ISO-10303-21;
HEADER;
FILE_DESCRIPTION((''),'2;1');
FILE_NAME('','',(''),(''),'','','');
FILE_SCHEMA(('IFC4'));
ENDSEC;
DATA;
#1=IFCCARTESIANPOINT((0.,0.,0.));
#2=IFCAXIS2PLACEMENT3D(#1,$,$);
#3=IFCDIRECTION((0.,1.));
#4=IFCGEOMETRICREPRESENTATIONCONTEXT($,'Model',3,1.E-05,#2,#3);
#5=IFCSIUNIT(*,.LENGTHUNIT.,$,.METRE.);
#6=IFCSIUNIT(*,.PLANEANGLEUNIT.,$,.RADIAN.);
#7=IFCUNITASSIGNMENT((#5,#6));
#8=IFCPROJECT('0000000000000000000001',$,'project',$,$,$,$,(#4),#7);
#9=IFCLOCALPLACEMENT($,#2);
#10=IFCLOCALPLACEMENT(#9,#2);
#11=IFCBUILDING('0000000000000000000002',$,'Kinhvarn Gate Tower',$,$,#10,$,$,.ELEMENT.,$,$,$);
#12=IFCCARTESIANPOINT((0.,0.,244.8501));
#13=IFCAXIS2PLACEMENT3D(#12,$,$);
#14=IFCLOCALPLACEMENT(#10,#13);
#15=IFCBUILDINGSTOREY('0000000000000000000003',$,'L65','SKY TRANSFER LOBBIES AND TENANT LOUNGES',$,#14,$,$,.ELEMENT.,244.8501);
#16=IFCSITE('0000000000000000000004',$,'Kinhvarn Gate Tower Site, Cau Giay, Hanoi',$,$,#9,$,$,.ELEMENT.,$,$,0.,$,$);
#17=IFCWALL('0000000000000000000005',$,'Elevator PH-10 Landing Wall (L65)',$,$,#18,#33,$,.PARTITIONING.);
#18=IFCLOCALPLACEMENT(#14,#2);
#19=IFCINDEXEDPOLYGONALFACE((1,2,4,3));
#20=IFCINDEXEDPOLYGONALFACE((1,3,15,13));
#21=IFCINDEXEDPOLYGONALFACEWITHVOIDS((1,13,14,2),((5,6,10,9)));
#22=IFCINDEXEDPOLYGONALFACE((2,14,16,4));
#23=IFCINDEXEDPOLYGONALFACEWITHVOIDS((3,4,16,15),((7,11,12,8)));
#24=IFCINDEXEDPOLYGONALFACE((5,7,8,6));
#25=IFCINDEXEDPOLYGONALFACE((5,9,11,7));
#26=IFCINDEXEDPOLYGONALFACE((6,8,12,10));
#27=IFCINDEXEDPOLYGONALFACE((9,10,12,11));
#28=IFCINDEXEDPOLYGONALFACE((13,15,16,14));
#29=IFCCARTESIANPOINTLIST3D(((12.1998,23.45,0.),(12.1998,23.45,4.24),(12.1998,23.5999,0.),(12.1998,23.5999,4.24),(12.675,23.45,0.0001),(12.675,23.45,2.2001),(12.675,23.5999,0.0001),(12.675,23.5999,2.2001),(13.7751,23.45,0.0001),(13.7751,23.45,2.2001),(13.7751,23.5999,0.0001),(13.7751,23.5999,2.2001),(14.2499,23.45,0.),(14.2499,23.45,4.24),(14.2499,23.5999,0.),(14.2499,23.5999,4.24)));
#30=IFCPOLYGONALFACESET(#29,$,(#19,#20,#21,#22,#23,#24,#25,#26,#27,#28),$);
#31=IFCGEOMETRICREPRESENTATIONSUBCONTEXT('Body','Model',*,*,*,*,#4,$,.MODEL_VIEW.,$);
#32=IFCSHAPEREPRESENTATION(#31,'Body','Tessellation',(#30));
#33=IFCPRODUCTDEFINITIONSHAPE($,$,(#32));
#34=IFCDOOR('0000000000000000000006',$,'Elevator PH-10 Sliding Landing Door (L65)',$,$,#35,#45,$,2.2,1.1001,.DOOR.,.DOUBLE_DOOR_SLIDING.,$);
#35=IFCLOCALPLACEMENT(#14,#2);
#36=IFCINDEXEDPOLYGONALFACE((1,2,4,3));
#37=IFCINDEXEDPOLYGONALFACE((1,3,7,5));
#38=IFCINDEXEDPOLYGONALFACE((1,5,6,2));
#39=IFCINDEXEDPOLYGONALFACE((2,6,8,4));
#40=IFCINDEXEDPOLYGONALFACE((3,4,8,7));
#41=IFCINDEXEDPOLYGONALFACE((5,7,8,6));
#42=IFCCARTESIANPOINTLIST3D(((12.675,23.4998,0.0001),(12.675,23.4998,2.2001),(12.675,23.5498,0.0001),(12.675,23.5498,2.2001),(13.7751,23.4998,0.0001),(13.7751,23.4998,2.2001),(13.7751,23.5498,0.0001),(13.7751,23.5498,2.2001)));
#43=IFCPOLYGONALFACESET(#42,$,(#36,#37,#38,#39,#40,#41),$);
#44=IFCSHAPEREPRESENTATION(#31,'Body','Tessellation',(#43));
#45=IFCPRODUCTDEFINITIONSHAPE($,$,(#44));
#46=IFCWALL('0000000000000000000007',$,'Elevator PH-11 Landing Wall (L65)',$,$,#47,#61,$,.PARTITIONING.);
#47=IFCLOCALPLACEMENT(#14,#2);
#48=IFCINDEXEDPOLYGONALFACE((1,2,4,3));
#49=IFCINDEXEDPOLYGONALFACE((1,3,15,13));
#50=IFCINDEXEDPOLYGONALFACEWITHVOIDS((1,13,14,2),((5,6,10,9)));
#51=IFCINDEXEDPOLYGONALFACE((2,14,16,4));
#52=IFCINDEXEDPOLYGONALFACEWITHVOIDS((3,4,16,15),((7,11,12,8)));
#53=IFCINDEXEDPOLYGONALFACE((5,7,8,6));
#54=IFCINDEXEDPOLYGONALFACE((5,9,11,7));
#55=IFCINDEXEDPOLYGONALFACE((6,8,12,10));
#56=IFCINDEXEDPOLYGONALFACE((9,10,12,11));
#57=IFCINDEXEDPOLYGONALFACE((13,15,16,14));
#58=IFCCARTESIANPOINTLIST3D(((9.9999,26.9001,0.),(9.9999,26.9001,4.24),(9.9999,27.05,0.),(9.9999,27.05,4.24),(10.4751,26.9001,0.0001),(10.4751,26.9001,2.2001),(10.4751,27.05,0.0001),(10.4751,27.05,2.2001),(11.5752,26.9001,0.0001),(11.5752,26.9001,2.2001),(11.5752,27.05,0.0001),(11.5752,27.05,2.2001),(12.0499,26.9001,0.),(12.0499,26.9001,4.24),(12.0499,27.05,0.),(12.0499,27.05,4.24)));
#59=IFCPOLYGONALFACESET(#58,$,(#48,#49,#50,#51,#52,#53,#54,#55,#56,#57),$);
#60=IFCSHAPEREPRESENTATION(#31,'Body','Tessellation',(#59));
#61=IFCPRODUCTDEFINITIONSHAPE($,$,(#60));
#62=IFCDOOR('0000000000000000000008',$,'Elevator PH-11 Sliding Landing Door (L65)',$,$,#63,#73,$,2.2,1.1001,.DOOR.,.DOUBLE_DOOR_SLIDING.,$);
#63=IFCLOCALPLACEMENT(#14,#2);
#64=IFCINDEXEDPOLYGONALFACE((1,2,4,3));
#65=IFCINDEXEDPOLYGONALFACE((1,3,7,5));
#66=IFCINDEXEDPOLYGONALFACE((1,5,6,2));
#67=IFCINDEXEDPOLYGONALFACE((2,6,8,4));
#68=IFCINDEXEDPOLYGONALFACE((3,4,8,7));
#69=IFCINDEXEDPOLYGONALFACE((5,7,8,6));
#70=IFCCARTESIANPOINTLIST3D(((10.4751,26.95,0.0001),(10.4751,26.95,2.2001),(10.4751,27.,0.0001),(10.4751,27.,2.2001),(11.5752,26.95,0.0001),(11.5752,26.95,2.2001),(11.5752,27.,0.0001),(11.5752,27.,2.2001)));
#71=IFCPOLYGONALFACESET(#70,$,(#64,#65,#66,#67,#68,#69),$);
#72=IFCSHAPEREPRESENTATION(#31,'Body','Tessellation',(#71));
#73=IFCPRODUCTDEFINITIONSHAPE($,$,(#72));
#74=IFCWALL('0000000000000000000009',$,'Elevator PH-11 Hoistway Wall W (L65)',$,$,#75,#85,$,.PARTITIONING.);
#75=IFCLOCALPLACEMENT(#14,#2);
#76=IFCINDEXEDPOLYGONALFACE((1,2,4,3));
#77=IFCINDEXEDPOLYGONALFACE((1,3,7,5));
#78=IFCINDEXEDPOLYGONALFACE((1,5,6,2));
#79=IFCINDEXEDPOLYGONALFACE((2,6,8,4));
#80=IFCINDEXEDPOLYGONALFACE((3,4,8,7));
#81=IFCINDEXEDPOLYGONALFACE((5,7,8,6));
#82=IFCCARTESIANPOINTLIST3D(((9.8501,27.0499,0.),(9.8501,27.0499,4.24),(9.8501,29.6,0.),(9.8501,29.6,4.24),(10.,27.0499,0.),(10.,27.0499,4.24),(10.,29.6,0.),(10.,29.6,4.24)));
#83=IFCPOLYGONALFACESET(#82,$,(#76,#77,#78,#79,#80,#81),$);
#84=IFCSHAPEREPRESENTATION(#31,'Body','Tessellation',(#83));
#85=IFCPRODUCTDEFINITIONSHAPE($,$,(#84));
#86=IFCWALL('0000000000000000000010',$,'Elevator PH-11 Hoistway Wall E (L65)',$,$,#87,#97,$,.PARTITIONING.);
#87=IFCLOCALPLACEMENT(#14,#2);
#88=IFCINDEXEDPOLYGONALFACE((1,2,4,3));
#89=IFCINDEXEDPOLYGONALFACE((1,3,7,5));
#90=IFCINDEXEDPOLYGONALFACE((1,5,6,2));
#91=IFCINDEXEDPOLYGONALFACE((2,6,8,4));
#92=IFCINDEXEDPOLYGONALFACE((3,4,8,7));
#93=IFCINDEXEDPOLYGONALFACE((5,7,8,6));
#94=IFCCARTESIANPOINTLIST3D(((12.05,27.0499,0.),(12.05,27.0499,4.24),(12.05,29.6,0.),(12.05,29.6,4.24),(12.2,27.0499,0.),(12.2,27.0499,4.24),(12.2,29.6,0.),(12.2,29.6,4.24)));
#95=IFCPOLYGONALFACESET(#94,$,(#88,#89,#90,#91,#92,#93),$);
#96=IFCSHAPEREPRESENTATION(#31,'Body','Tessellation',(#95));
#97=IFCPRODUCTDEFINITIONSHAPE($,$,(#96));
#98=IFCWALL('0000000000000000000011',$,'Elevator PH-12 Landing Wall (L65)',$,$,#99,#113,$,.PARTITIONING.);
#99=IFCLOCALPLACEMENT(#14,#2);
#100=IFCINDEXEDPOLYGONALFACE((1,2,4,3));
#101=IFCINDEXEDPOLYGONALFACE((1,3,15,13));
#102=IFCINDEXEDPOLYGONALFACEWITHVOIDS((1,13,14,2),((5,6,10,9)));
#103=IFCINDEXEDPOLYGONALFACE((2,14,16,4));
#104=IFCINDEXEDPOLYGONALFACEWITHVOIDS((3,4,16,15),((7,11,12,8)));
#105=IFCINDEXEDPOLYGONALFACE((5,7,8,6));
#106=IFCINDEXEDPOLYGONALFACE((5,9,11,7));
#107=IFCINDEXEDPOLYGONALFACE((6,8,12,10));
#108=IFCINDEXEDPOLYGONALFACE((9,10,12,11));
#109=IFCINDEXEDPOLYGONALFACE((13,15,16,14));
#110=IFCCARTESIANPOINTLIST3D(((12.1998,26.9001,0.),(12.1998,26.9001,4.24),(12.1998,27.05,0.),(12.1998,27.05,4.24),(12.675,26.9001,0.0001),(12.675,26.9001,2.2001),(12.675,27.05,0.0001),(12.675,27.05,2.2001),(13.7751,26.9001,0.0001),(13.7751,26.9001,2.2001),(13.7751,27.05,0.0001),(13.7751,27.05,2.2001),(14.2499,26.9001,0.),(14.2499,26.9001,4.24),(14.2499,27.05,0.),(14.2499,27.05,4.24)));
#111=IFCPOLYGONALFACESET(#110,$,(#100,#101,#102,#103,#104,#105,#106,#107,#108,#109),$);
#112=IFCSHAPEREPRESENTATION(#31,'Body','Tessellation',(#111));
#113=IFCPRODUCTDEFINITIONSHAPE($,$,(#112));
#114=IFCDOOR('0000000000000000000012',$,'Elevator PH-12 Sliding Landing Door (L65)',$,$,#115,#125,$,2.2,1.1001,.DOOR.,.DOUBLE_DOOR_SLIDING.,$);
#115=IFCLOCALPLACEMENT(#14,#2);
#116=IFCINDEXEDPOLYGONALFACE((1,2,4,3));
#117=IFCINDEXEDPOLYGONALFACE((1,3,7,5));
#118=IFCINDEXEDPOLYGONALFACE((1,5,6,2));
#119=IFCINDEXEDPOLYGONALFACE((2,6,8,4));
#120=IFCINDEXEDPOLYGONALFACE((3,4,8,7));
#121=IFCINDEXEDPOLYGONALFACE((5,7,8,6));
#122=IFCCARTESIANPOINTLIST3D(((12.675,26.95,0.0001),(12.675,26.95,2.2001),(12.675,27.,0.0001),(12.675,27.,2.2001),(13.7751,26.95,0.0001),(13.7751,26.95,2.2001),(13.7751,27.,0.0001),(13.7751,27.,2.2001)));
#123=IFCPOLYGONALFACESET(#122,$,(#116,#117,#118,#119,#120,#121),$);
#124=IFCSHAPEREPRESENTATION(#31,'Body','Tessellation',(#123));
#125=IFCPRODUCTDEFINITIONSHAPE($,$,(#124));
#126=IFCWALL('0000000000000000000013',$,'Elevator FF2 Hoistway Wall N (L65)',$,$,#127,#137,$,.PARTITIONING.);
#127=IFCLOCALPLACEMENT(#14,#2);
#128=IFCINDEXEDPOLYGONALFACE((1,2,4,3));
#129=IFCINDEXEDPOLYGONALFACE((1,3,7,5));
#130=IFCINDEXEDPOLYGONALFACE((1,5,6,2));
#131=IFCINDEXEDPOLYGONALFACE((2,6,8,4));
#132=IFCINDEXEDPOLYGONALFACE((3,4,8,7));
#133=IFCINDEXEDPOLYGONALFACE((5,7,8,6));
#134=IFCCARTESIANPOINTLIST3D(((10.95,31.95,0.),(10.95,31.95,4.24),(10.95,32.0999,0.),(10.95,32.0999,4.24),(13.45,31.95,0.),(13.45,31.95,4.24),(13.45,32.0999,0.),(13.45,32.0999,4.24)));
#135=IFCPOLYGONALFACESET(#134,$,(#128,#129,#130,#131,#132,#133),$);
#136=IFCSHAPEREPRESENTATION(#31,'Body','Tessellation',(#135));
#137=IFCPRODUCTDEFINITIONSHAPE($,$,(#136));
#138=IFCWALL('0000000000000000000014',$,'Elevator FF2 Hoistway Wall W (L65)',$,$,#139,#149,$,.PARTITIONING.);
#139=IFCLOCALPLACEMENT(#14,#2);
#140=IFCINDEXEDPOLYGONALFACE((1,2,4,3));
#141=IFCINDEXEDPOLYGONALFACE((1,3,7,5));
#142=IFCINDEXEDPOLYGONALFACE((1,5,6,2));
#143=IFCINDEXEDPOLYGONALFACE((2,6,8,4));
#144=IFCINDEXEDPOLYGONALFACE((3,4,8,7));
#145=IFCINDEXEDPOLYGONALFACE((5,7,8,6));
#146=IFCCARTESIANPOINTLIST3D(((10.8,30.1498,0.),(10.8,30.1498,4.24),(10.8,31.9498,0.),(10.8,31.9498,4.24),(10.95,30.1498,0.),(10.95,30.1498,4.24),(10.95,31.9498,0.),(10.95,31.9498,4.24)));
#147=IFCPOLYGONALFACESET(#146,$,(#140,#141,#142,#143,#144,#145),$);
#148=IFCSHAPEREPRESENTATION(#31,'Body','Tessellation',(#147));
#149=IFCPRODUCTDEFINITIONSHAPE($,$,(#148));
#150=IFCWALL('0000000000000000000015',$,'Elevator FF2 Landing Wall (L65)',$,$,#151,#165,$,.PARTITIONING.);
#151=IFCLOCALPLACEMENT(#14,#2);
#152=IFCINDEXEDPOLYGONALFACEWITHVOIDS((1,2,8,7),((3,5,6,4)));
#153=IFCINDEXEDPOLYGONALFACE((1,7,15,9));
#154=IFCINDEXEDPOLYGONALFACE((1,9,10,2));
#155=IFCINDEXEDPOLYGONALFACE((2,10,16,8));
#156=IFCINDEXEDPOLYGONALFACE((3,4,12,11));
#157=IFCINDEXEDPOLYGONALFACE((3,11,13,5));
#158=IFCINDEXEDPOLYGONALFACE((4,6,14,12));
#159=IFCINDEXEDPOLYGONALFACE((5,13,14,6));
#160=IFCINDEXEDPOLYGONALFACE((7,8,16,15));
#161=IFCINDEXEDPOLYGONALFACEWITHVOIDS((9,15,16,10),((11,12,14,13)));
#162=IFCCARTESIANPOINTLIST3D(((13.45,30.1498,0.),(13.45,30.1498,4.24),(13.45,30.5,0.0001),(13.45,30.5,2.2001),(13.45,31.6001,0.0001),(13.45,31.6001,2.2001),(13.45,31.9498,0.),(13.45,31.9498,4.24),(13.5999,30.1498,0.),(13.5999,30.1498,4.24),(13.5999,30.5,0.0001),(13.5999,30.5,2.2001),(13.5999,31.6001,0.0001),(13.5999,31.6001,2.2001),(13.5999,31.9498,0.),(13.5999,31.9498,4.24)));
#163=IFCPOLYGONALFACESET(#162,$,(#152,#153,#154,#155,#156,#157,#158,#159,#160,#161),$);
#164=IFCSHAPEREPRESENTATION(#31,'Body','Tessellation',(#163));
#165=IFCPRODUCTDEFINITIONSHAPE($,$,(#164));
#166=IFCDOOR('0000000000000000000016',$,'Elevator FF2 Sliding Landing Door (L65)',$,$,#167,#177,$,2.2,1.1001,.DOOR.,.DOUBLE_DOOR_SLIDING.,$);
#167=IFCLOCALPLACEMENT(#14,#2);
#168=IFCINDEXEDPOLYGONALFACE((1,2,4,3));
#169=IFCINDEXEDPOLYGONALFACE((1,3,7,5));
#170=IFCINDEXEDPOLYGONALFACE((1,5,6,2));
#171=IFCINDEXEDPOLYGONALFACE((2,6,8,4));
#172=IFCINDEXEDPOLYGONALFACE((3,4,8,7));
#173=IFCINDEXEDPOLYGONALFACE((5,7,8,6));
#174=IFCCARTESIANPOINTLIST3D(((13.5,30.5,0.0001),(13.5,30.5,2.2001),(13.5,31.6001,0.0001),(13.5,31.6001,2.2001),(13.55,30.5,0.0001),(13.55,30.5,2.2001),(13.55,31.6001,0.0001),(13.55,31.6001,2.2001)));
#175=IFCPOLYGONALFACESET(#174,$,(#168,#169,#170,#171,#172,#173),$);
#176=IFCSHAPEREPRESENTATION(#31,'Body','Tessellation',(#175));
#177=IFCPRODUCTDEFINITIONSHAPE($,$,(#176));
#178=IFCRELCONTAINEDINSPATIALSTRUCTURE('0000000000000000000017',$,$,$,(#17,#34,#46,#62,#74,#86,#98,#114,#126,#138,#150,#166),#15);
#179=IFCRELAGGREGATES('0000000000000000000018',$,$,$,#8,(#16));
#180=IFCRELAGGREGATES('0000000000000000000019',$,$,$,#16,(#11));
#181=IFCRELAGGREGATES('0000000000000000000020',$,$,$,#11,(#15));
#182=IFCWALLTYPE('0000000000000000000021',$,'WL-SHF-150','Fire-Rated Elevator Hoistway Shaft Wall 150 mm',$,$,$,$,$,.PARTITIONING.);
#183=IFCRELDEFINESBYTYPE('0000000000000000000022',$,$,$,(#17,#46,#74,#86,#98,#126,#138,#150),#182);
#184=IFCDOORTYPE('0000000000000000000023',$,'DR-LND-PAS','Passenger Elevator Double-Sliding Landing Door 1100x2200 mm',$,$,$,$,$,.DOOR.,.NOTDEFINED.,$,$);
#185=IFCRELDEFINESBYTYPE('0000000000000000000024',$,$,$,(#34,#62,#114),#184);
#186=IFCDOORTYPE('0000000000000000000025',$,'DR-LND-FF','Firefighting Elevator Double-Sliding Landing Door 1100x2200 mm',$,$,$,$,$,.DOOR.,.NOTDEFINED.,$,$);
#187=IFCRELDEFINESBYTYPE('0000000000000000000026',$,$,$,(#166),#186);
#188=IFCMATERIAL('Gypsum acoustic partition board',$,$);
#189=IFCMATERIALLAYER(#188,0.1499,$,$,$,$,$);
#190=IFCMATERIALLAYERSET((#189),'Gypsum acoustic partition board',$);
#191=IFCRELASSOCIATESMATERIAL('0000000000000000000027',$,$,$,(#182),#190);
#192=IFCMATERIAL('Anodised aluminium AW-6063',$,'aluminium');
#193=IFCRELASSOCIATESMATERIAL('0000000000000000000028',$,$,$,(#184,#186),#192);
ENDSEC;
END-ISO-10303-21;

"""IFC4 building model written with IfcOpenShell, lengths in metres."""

from ifc_helpers import new_model, si_unit, direction, frame, frame_2d, origin, place, context, subcontext, project, spatial, rectangle, extrude, material, layer, layer_set, type_object, element, fill, save


model = new_model("IFC4")

# Units and contexts
model_context = context("Model", 3, precision=1e-05, world=origin(), true_north=direction((0.0, 1.0)))
body_context = subcontext(model_context, "Body", "Model", "MODEL_VIEW")
ifc_project = project(units=[si_unit("LENGTHUNIT", "METRE"), si_unit("PLANEANGLEUNIT", "RADIAN")], contexts=[model_context])

# Site, building, storey
site_placement = place(None, origin())
site = spatial("IfcSite", under=ifc_project, at=site_placement, Name="Kinhvarn Gate Tower Site, Cau Giay, Hanoi", CompositionType="ELEMENT", RefElevation=0.0)
building_placement = place(site_placement, origin())
building = spatial("IfcBuilding", under=site, at=building_placement, Name="Kinhvarn Gate Tower", CompositionType="ELEMENT")
storey_placement = place(building_placement, frame((0.0, 0.0, 244.8501)))
storey = spatial("IfcBuildingStorey", under=building, at=storey_placement, Name="L65", Description="SKY TRANSFER LOBBIES AND TENANT LOUNGES", CompositionType="ELEMENT", Elevation=244.8501)

# Shared definitions
ifc_material_1 = material(Name="Gypsum acoustic partition board")

# Shared definitions
ifc_material_2 = material(Name="Anodised aluminium AW-6063", Category="aluminium")

# Shared definitions
ifc_layer_1 = layer(ifc_material_1, 0.1499)
ifc_layer_set_1 = layer_set([ifc_layer_1], Name="Gypsum acoustic partition board")
wall_type_1 = type_object("IfcWallType", Name="WL-SHF-150", Description="Fire-Rated Elevator Hoistway Shaft Wall 150 mm", PredefinedType="PARTITIONING", material=ifc_layer_set_1)
door_type_1 = type_object("IfcDoorType", Name="DR-LND-PAS", Description="Passenger Elevator Double-Sliding Landing Door 1100x2200 mm", OperationType="NOTDEFINED", PredefinedType="DOOR", material=ifc_material_2)

# Walls, openings, doors
wall_1_placement = place(storey_placement, frame((12.2, 23.5249, 0.0), z_axis=(0.0, 0.0, 1.0), x_axis=(1.0, 0.0, 0.0)))
wall_1 = element("IfcWall", 1, at=wall_1_placement, inside=storey, type_object=wall_type_1, Name="Elevator PH-10 Landing Wall (L65)", PredefinedType="PARTITIONING", context=body_context, shape_type="SweptSolid", body=[
    extrude(rectangle(XDim=2.05, YDim=0.1499, at=frame_2d((1.0249, 0.0))), origin(), (0.0, 0.0, 1.0), 4.24),
])
opening_1_placement = place(wall_1_placement, frame((0.4751, 0.0, 0.0)))
opening_1 = element("IfcOpeningElement", 2, at=opening_1_placement, cuts=wall_1, PredefinedType="OPENING", context=body_context, shape_type="SweptSolid", body=[
    extrude(rectangle(XDim=1.1001, YDim=2.2, at=frame_2d((0.55, 1.1001))), frame((0.0, 0.085, 0.0), z_axis=(0.0, -1.0, 0.0), x_axis=(1.0, 0.0, 0.0)), (0.0, 0.0, 1.0), 0.1699),
])
door_1_placement = place(opening_1_placement, origin())
door_1 = element("IfcDoor", 3, at=door_1_placement, inside=storey, type_object=door_type_1, Name="Elevator PH-10 Sliding Landing Door (L65)", OperationType="DOUBLE_DOOR_SLIDING", OverallHeight=2.2, OverallWidth=1.1001, PredefinedType="DOOR", context=body_context, shape_type="SweptSolid", body=[
    extrude(rectangle(XDim=1.1001, YDim=2.2, at=frame_2d((0.55, 1.1001))), frame((0.0, 0.0249, 0.0), z_axis=(0.0, -1.0, 0.0), x_axis=(1.0, 0.0, 0.0)), (0.0, 0.0, 1.0), 0.05),
])
fill(opening_1, door_1)
wall_2_placement = place(storey_placement, frame((10.0, 26.9751, 0.0), z_axis=(0.0, 0.0, 1.0), x_axis=(1.0, 0.0, 0.0)))
wall_2 = element("IfcWall", 4, at=wall_2_placement, inside=storey, type_object=wall_type_1, Name="Elevator PH-11 Landing Wall (L65)", PredefinedType="PARTITIONING", context=body_context, shape_type="SweptSolid", body=[
    extrude(rectangle(XDim=2.05, YDim=0.1499, at=frame_2d((1.0249, 0.0))), origin(), (0.0, 0.0, 1.0), 4.24),
])
opening_2_placement = place(wall_2_placement, frame((0.4751, 0.0, 0.0)))
opening_2 = element("IfcOpeningElement", 5, at=opening_2_placement, cuts=wall_2, PredefinedType="OPENING", context=body_context, shape_type="SweptSolid", body=[
    extrude(rectangle(XDim=1.1001, YDim=2.2, at=frame_2d((0.55, 1.1001))), frame((0.0, 0.085, 0.0), z_axis=(0.0, -1.0, 0.0), x_axis=(1.0, 0.0, 0.0)), (0.0, 0.0, 1.0), 0.1699),
])
door_2_placement = place(opening_2_placement, origin())
door_2 = element("IfcDoor", 6, at=door_2_placement, inside=storey, type_object=door_type_1, Name="Elevator PH-11 Sliding Landing Door (L65)", OperationType="DOUBLE_DOOR_SLIDING", OverallHeight=2.2, OverallWidth=1.1001, PredefinedType="DOOR", context=body_context, shape_type="SweptSolid", body=[
    extrude(rectangle(XDim=1.1001, YDim=2.2, at=frame_2d((0.55, 1.1001))), frame((0.0, 0.0249, 0.0), z_axis=(0.0, -1.0, 0.0), x_axis=(1.0, 0.0, 0.0)), (0.0, 0.0, 1.0), 0.05),
])
fill(opening_2, door_2)

# Walls
for number, where, z_axis, x_axis, name in (
    (7, (9.925, 27.05, 0.0), (0.0, 0.0, 1.0), (0.0, 1.0, 0.0), "Elevator PH-11 Hoistway Wall W (L65)"),
    (8, (12.125, 27.05, 0.0), (0.0, 0.0, 1.0), (0.0, 1.0, 0.0), "Elevator PH-11 Hoistway Wall E (L65)"),
):
    element("IfcWall", number, at=place(storey_placement, frame(where, z_axis=z_axis, x_axis=x_axis)), inside=storey, type_object=wall_type_1, Name=name, PredefinedType="PARTITIONING", context=body_context, shape_type="SweptSolid", body=[
        extrude(rectangle(XDim=2.55, YDim=0.1499, at=frame_2d((1.2749, 0.0))), origin(), (0.0, 0.0, 1.0), 4.24),
    ])

# Wall, opening, door
wall_3_placement = place(storey_placement, frame((12.2, 26.9751, 0.0), z_axis=(0.0, 0.0, 1.0), x_axis=(1.0, 0.0, 0.0)))
wall_3 = element("IfcWall", 9, at=wall_3_placement, inside=storey, type_object=wall_type_1, Name="Elevator PH-12 Landing Wall (L65)", PredefinedType="PARTITIONING", context=body_context, shape_type="SweptSolid", body=[
    extrude(rectangle(XDim=2.05, YDim=0.1499, at=frame_2d((1.0249, 0.0))), origin(), (0.0, 0.0, 1.0), 4.24),
])
opening_3_placement = place(wall_3_placement, frame((0.4751, 0.0, 0.0)))
opening_3 = element("IfcOpeningElement", 10, at=opening_3_placement, cuts=wall_3, PredefinedType="OPENING", context=body_context, shape_type="SweptSolid", body=[
    extrude(rectangle(XDim=1.1001, YDim=2.2, at=frame_2d((0.55, 1.1001))), frame((0.0, 0.085, 0.0), z_axis=(0.0, -1.0, 0.0), x_axis=(1.0, 0.0, 0.0)), (0.0, 0.0, 1.0), 0.1699),
])
door_3_placement = place(opening_3_placement, origin())
door_3 = element("IfcDoor", 11, at=door_3_placement, inside=storey, type_object=door_type_1, Name="Elevator PH-12 Sliding Landing Door (L65)", OperationType="DOUBLE_DOOR_SLIDING", OverallHeight=2.2, OverallWidth=1.1001, PredefinedType="DOOR", context=body_context, shape_type="SweptSolid", body=[
    extrude(rectangle(XDim=1.1001, YDim=2.2, at=frame_2d((0.55, 1.1001))), frame((0.0, 0.0249, 0.0), z_axis=(0.0, -1.0, 0.0), x_axis=(1.0, 0.0, 0.0)), (0.0, 0.0, 1.0), 0.05),
])
fill(opening_3, door_3)

# Walls
wall_4_placement = place(storey_placement, frame((10.95, 32.0249, 0.0), z_axis=(0.0, 0.0, 1.0), x_axis=(1.0, 0.0, 0.0)))
element("IfcWall", 12, at=wall_4_placement, inside=storey, type_object=wall_type_1, Name="Elevator FF2 Hoistway Wall N (L65)", PredefinedType="PARTITIONING", context=body_context, shape_type="SweptSolid", body=[
    extrude(rectangle(XDim=2.5, YDim=0.1499, at=frame_2d((1.25, 0.0))), origin(), (0.0, 0.0, 1.0), 4.24),
])
wall_5_placement = place(storey_placement, frame((10.875, 30.1499, 0.0), z_axis=(0.0, 0.0, 1.0), x_axis=(0.0, 1.0, 0.0)))
element("IfcWall", 13, at=wall_5_placement, inside=storey, type_object=wall_type_1, Name="Elevator FF2 Hoistway Wall W (L65)", PredefinedType="PARTITIONING", context=body_context, shape_type="SweptSolid", body=[
    extrude(rectangle(XDim=1.8, YDim=0.1499, at=frame_2d((0.8999, 0.0))), origin(), (0.0, 0.0, 1.0), 4.24),
])

# Wall, opening, door
wall_6_placement = place(storey_placement, frame((13.5249, 30.1499, 0.0), z_axis=(0.0, 0.0, 1.0), x_axis=(0.0, 1.0, 0.0)))
wall_6 = element("IfcWall", 14, at=wall_6_placement, inside=storey, type_object=wall_type_1, Name="Elevator FF2 Landing Wall (L65)", PredefinedType="PARTITIONING", context=body_context, shape_type="SweptSolid", body=[
    extrude(rectangle(XDim=1.8, YDim=0.1499, at=frame_2d((0.8999, 0.0))), origin(), (0.0, 0.0, 1.0), 4.24),
])
opening_4_placement = place(wall_6_placement, frame((0.3501, 0.0, 0.0)))
opening_4 = element("IfcOpeningElement", 15, at=opening_4_placement, cuts=wall_6, PredefinedType="OPENING", context=body_context, shape_type="SweptSolid", body=[
    extrude(rectangle(XDim=1.1001, YDim=2.2, at=frame_2d((0.55, 1.1001))), frame((0.0, 0.085, 0.0), z_axis=(0.0, -1.0, 0.0), x_axis=(1.0, 0.0, 0.0)), (0.0, 0.0, 1.0), 0.1699),
])
door_type_2 = type_object("IfcDoorType", Name="DR-LND-FF", Description="Firefighting Elevator Double-Sliding Landing Door 1100x2200 mm", OperationType="NOTDEFINED", PredefinedType="DOOR", material=ifc_material_2)
door_4_placement = place(opening_4_placement, origin())
door_4 = element("IfcDoor", 16, at=door_4_placement, inside=storey, type_object=door_type_2, Name="Elevator FF2 Sliding Landing Door (L65)", OperationType="DOUBLE_DOOR_SLIDING", OverallHeight=2.2, OverallWidth=1.1001, PredefinedType="DOOR", context=body_context, shape_type="SweptSolid", body=[
    extrude(rectangle(XDim=1.1001, YDim=2.2, at=frame_2d((0.55, 1.1001))), frame((0.0, 0.0249, 0.0), z_axis=(0.0, -1.0, 0.0), x_axis=(1.0, 0.0, 0.0)), (0.0, 0.0, 1.0), 0.05),
])
fill(opening_4, door_4)

save(model, "model.ifc")
